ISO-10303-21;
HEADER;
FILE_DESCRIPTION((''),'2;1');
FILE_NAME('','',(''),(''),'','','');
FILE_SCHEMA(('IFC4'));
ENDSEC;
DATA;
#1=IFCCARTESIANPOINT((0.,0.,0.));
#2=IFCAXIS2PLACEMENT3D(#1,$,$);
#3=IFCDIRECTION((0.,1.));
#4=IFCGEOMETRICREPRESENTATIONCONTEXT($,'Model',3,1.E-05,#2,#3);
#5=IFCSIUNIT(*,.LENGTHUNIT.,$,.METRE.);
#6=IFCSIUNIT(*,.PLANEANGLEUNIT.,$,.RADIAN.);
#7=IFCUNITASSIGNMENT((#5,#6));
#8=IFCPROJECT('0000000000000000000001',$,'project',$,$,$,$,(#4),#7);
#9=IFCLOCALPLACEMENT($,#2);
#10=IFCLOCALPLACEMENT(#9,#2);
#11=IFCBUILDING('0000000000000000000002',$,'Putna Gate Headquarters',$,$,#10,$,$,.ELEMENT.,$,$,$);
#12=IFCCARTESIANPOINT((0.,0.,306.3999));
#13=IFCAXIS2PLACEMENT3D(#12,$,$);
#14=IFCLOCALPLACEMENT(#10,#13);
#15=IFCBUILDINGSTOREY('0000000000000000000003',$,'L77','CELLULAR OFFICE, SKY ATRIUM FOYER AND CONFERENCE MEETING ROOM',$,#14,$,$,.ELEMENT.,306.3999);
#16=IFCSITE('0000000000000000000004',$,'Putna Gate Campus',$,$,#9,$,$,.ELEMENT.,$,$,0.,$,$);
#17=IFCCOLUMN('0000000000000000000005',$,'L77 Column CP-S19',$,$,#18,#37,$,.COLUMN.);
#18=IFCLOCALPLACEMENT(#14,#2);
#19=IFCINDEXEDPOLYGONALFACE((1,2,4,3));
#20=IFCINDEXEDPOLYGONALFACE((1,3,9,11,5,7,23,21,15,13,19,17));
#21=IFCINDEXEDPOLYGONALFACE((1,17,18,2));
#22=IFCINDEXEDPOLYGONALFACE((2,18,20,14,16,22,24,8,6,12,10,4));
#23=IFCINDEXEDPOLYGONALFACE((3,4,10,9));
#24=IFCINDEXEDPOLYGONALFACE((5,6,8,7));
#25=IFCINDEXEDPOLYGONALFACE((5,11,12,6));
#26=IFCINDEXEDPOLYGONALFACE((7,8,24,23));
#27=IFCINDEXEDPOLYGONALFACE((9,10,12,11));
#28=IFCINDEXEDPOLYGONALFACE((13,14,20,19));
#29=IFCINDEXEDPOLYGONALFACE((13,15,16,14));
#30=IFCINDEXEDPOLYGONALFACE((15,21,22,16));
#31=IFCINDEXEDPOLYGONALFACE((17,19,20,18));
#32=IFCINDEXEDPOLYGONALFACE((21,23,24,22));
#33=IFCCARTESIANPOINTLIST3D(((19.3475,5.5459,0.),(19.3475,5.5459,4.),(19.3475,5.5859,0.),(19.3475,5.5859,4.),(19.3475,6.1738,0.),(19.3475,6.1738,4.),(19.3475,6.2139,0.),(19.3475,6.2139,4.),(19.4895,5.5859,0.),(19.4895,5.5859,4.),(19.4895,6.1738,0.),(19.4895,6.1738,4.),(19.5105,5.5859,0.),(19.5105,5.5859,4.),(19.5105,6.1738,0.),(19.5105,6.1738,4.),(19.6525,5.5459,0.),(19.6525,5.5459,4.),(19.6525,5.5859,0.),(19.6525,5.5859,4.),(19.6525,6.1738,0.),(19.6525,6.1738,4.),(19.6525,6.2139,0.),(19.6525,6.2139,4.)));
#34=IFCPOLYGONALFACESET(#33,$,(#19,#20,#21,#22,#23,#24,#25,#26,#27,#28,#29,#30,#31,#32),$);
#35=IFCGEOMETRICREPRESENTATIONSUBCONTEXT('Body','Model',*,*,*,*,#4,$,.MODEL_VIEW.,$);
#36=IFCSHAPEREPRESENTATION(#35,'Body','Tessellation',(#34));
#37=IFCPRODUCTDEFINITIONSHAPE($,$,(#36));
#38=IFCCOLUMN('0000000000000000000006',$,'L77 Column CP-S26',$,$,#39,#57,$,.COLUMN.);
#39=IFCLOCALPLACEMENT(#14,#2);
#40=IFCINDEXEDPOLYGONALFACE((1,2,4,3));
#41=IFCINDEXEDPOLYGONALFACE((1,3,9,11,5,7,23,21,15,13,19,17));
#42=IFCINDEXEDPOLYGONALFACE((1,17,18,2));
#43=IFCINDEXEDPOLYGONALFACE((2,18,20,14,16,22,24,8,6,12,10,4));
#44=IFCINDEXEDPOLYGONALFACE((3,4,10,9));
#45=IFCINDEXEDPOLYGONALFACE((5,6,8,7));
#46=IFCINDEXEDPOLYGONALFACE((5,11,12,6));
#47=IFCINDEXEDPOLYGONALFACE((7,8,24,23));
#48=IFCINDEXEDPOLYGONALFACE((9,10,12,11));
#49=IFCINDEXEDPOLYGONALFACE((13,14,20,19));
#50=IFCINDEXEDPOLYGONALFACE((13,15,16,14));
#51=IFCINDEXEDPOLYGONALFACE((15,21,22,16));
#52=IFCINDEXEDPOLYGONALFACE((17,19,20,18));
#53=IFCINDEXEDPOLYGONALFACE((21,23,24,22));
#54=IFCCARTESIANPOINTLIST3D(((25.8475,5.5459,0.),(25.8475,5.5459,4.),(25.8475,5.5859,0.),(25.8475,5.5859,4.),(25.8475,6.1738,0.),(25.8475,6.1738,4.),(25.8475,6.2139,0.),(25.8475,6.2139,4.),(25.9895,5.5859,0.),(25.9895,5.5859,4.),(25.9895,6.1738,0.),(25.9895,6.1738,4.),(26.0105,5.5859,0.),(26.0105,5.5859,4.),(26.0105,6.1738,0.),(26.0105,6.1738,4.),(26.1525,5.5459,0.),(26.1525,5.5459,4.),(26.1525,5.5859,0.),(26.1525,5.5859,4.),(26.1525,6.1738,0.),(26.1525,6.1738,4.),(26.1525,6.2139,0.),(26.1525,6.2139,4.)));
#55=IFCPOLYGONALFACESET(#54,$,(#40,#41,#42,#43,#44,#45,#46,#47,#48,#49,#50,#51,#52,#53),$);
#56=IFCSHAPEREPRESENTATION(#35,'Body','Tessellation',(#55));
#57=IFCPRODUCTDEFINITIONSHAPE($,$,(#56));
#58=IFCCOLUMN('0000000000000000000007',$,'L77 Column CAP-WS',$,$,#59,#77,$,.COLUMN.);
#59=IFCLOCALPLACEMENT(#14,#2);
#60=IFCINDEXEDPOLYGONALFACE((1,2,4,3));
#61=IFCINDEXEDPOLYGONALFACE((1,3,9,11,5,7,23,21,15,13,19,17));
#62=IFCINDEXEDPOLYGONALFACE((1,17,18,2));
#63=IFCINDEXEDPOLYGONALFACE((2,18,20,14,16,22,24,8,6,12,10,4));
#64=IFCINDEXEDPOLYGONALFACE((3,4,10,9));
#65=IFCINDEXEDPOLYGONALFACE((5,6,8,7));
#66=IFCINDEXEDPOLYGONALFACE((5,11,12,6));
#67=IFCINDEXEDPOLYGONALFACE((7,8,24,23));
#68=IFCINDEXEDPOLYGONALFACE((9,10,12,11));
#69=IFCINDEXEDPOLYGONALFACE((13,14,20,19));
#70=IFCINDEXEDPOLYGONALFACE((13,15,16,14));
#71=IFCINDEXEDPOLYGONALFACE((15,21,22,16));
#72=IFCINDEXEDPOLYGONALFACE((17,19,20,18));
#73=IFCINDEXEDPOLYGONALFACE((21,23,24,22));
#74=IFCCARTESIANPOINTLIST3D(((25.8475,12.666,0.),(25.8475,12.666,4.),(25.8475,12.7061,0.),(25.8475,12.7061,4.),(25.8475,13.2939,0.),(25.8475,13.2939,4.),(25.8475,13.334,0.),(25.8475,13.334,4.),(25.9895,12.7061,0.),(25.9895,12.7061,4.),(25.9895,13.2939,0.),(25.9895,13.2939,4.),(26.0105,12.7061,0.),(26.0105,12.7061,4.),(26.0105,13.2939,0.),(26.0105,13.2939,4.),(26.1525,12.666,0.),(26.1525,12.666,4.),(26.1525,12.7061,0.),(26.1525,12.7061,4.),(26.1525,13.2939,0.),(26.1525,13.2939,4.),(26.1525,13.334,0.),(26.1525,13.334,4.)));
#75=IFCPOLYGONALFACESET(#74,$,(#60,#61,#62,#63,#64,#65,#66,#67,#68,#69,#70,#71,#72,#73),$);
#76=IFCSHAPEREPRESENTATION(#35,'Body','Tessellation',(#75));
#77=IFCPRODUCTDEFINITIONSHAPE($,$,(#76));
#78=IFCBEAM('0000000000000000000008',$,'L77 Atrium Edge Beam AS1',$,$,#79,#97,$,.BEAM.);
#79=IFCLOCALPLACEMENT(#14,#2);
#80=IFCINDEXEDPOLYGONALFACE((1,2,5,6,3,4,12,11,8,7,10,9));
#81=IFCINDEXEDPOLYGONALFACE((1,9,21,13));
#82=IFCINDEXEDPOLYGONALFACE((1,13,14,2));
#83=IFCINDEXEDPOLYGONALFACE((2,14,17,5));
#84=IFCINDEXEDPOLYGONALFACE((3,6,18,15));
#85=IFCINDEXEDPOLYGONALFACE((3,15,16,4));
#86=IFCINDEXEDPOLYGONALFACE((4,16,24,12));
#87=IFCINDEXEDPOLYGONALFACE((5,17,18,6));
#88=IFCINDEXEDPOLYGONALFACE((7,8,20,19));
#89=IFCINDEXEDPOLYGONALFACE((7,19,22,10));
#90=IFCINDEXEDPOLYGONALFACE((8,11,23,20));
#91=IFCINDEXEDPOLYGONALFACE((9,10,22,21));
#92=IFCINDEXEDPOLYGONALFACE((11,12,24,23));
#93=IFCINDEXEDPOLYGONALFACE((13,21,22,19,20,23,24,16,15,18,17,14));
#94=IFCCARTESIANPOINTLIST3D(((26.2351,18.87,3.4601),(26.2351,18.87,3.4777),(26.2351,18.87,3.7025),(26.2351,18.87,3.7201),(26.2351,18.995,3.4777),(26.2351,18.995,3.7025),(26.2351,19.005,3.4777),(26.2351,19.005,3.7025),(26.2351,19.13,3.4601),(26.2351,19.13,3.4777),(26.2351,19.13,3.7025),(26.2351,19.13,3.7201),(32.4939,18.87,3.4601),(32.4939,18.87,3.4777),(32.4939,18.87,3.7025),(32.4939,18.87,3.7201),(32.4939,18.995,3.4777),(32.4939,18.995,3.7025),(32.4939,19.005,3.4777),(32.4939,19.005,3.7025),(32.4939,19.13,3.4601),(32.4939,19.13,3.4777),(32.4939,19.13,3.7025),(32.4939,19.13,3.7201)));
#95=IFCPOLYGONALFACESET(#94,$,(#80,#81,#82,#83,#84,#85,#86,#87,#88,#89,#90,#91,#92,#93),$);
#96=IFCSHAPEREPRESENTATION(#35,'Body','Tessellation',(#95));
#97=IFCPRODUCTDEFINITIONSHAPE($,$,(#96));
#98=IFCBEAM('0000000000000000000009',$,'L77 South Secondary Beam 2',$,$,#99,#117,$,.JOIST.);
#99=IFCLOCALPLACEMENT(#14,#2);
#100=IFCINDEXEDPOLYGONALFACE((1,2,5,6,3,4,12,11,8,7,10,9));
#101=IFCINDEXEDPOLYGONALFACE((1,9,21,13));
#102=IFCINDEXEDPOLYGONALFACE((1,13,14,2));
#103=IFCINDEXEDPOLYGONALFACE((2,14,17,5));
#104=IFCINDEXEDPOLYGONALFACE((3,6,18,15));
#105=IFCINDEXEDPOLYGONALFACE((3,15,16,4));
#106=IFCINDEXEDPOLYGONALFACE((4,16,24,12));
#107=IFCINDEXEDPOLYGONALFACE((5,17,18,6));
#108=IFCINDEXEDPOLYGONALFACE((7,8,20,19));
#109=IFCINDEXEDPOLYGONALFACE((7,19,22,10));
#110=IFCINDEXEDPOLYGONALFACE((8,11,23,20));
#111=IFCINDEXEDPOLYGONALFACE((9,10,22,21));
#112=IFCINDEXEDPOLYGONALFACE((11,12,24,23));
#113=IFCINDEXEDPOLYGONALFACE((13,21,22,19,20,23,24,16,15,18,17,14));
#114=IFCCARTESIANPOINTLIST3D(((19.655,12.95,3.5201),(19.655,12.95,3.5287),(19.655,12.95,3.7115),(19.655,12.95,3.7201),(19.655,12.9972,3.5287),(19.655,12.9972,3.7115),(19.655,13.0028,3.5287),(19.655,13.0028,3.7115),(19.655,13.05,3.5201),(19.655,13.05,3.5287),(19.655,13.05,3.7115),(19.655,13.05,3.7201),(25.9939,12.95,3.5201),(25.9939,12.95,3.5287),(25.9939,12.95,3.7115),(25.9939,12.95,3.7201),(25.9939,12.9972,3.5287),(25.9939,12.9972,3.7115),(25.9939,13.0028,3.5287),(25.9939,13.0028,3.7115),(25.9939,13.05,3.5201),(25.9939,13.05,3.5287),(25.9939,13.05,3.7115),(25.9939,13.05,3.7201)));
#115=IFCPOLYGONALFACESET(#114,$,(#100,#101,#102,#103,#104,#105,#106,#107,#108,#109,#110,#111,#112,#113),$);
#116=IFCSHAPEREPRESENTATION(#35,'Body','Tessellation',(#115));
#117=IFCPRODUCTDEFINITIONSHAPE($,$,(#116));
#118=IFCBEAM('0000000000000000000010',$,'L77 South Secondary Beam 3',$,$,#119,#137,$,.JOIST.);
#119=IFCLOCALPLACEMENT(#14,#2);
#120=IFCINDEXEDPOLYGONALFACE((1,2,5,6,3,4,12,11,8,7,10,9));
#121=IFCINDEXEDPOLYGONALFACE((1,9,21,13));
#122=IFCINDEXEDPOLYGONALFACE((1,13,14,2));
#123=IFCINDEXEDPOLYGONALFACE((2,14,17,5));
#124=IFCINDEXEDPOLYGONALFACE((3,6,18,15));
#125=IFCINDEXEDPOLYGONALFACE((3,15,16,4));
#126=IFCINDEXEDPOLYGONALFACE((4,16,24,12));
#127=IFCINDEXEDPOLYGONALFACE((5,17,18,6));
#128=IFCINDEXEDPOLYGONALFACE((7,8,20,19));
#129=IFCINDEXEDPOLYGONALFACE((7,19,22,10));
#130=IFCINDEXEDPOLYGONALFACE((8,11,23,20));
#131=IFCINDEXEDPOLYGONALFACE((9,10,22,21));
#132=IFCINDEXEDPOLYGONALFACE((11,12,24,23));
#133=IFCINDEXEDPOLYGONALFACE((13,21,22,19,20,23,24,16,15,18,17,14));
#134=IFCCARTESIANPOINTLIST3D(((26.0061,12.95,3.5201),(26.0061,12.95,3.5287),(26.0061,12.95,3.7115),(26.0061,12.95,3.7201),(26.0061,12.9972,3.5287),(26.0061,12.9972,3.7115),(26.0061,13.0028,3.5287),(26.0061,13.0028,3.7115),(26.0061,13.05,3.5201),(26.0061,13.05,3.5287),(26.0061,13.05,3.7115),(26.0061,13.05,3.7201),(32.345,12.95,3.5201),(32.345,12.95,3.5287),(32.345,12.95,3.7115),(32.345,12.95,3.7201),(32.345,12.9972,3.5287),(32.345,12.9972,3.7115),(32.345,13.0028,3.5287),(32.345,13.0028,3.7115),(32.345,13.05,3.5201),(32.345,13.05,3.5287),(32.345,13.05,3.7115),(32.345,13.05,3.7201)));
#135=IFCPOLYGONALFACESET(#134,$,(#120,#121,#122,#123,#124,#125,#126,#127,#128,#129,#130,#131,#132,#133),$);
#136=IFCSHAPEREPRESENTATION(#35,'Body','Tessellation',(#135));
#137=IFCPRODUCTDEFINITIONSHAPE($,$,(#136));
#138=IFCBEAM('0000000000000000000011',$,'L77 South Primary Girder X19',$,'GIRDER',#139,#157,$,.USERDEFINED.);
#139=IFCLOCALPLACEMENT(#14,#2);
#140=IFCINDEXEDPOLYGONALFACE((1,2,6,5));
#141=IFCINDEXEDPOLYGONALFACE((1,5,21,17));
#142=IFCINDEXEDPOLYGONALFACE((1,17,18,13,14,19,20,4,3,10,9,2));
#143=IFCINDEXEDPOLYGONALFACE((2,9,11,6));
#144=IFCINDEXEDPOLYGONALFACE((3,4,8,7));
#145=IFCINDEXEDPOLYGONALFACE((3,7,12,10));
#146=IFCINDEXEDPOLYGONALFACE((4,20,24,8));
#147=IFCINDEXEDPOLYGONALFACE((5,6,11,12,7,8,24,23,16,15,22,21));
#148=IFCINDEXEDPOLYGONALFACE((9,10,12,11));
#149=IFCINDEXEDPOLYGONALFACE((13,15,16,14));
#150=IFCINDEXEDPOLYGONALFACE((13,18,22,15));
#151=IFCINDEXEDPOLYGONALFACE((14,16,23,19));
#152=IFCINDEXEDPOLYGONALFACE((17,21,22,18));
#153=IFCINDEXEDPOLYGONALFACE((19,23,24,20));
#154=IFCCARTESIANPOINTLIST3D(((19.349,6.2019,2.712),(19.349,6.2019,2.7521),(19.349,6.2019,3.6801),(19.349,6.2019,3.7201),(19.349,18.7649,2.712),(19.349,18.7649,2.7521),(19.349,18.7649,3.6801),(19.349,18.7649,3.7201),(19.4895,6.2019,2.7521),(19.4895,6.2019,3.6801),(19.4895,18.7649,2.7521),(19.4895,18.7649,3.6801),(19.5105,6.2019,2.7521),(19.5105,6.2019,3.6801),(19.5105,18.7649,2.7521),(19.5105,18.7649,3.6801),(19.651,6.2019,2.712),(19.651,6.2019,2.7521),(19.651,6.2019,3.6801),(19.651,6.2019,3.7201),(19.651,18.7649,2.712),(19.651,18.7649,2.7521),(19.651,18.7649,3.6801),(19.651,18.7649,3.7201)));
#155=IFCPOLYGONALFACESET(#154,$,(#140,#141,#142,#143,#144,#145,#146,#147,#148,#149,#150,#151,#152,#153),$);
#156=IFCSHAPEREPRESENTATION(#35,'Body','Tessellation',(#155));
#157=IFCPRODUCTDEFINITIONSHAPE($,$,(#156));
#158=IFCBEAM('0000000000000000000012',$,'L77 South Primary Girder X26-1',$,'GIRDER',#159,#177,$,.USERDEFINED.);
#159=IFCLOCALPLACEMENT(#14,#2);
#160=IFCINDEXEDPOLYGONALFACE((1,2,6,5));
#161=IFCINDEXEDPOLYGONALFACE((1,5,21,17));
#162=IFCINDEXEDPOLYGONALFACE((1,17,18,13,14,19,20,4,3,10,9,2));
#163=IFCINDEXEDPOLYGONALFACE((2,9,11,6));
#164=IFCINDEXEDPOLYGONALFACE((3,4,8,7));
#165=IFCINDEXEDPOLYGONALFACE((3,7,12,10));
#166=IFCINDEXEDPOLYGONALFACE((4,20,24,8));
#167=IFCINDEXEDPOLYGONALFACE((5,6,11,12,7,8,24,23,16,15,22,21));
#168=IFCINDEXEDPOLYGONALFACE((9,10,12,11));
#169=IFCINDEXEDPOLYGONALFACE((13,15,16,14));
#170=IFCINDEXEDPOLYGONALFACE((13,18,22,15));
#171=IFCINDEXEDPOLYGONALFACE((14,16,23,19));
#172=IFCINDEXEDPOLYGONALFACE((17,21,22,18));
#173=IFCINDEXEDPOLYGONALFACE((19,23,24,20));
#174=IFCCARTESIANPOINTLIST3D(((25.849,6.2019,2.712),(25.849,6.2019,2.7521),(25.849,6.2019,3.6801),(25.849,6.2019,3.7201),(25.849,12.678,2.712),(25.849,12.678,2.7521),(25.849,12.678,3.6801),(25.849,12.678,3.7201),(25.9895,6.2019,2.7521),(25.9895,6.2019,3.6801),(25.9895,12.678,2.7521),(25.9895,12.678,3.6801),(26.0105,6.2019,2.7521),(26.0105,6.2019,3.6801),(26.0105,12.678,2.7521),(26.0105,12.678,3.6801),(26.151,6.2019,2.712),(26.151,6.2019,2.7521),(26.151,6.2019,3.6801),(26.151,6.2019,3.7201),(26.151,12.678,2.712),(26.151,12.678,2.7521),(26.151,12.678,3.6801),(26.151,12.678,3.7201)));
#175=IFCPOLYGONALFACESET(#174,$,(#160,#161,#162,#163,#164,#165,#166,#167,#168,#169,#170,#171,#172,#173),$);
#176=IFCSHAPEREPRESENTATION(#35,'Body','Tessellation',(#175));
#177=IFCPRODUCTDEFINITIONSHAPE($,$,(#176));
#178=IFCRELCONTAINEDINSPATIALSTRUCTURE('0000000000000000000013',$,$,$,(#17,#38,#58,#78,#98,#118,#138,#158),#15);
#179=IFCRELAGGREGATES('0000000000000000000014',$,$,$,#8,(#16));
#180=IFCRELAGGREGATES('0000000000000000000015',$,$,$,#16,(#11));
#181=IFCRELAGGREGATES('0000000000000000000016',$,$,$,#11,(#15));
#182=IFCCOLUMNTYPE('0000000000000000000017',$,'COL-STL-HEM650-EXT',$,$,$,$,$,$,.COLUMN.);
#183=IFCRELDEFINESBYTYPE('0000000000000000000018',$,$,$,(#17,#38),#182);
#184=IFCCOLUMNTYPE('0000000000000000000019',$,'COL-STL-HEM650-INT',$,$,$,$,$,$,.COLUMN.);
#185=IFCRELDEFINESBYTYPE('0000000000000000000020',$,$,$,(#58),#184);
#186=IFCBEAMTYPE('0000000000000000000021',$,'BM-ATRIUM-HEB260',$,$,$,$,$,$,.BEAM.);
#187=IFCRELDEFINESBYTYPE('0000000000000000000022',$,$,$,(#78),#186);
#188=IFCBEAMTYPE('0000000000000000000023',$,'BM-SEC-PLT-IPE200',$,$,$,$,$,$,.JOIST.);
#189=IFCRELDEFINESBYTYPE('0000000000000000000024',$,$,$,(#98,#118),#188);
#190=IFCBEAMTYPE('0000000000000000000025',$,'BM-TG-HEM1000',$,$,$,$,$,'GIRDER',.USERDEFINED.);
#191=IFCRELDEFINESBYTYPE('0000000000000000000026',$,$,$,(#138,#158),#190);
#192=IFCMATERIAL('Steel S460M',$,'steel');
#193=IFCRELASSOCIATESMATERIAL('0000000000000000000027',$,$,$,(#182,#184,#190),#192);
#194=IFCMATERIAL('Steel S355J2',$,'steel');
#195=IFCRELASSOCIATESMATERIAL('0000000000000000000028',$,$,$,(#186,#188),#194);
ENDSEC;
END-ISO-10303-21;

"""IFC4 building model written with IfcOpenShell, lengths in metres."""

from ifc_helpers import new_model, si_unit, direction, frame, origin, origin_2d, place, context, subcontext, project, spatial, i_section, extrude, material, material_profile, profile_set, type_object, element, save


model = new_model("IFC4")

# Units and contexts
model_context = context("Model", 3, precision=1e-05, world=origin(), true_north=direction((0.0, 1.0)))
body_context = subcontext(model_context, "Body", "Model", "MODEL_VIEW")
ifc_project = project(units=[si_unit("LENGTHUNIT", "METRE"), si_unit("PLANEANGLEUNIT", "RADIAN")], contexts=[model_context])

# Site, building, storey
site_placement = place(None, origin())
site = spatial("IfcSite", under=ifc_project, at=site_placement, Name="Putna Gate Campus", CompositionType="ELEMENT", RefElevation=0.0)
building_placement = place(site_placement, origin())
building = spatial("IfcBuilding", under=site, at=building_placement, Name="Putna Gate Headquarters", CompositionType="ELEMENT")
storey_placement = place(building_placement, frame((0.0, 0.0, 306.3999)))
storey = spatial("IfcBuildingStorey", under=building, at=storey_placement, Name="L77", Description="CELLULAR OFFICE, SKY ATRIUM FOYER AND CONFERENCE MEETING ROOM", CompositionType="ELEMENT", Elevation=306.3999)

# Columns
ifc_material_1 = material(Name="Steel S460M", Category="steel")
ifc_material_profile_1 = material_profile(ifc_material_1, i_section(OverallWidth=0.3049, OverallDepth=0.668, WebThickness=0.021, FlangeThickness=0.04, at=origin_2d()), Name="Steel S460M")
ifc_profile_set_1 = profile_set([ifc_material_profile_1], Name="Steel S460M")
column_type_1 = type_object("IfcColumnType", Name="COL-STL-HEM650-EXT", PredefinedType="COLUMN", material=ifc_profile_set_1)
for number, where, z_axis, x_axis, name in (
    (1, (19.5, 5.8799, 0.0), (0.0, 0.0, 1.0), (1.0, 0.0, 0.0), "L77 Column CP-S19"),
    (2, (26.0, 5.8799, 0.0), (0.0, 0.0, 1.0), (1.0, 0.0, 0.0), "L77 Column CP-S26"),
):
    element("IfcColumn", number, at=place(storey_placement, frame(where, z_axis=z_axis, x_axis=x_axis)), inside=storey, type_object=column_type_1, Name=name, PredefinedType="COLUMN", context=body_context, shape_type="SweptSolid", body=[
        extrude(i_section(OverallWidth=0.3049, OverallDepth=0.668, WebThickness=0.021, FlangeThickness=0.04, at=origin_2d()), origin(), (0.0, 0.0, 1.0), 4.0),
    ])
ifc_material_profile_2 = material_profile(ifc_material_1, i_section(OverallWidth=0.3049, OverallDepth=0.668, WebThickness=0.021, FlangeThickness=0.04, at=origin_2d()), Name="Steel S460M")
ifc_profile_set_2 = profile_set([ifc_material_profile_2], Name="Steel S460M")
column_type_2 = type_object("IfcColumnType", Name="COL-STL-HEM650-INT", PredefinedType="COLUMN", material=ifc_profile_set_2)
column_placement = place(storey_placement, frame((26.0, 13.0, 0.0), z_axis=(0.0, 0.0, 1.0), x_axis=(1.0, 0.0, 0.0)))
element("IfcColumn", 3, at=column_placement, inside=storey, type_object=column_type_2, Name="L77 Column CAP-WS", PredefinedType="COLUMN", context=body_context, shape_type="SweptSolid", body=[
    extrude(i_section(OverallWidth=0.3049, OverallDepth=0.668, WebThickness=0.021, FlangeThickness=0.04, at=origin_2d()), origin(), (0.0, 0.0, 1.0), 4.0),
])

# Beams
ifc_material_2 = material(Name="Steel S355J2", Category="steel")
ifc_material_profile_3 = material_profile(ifc_material_2, i_section(OverallWidth=0.26, OverallDepth=0.26, WebThickness=0.01, FlangeThickness=0.0176, at=origin_2d()), Name="Steel S355J2")
ifc_profile_set_3 = profile_set([ifc_material_profile_3], Name="Steel S355J2")
beam_type_1 = type_object("IfcBeamType", Name="BM-ATRIUM-HEB260", PredefinedType="BEAM", material=ifc_profile_set_3)
beam_1_placement = place(storey_placement, frame((26.2351, 19.0, 3.5901), z_axis=(1.0, 0.0, 0.0), x_axis=(0.0, 1.0, 0.0)))
element("IfcBeam", 4, at=beam_1_placement, inside=storey, type_object=beam_type_1, Name="L77 Atrium Edge Beam AS1", PredefinedType="BEAM", context=body_context, shape_type="SweptSolid", body=[
    extrude(i_section(OverallWidth=0.26, OverallDepth=0.26, WebThickness=0.01, FlangeThickness=0.0176, at=origin_2d()), origin(), (0.0, 0.0, 1.0), 6.2588),
])
ifc_material_profile_4 = material_profile(ifc_material_2, i_section(OverallWidth=0.1001, OverallDepth=0.2, WebThickness=0.0056, FlangeThickness=0.0085, at=origin_2d()), Name="Steel S355J2")
ifc_profile_set_4 = profile_set([ifc_material_profile_4], Name="Steel S355J2")
beam_type_2 = type_object("IfcBeamType", Name="BM-SEC-PLT-IPE200", PredefinedType="JOIST", material=ifc_profile_set_4)
for number, where, z_axis, x_axis, name in (
    (5, (19.655, 13.0, 3.6201), (1.0, 0.0, 0.0), (0.0, 1.0, 0.0), "L77 South Secondary Beam 2"),
    (6, (26.0061, 13.0, 3.6201), (1.0, 0.0, 0.0), (0.0, 1.0, 0.0), "L77 South Secondary Beam 3"),
):
    element("IfcBeam", number, at=place(storey_placement, frame(where, z_axis=z_axis, x_axis=x_axis)), inside=storey, type_object=beam_type_2, Name=name, PredefinedType="JOIST", context=body_context, shape_type="SweptSolid", body=[
        extrude(i_section(OverallWidth=0.1001, OverallDepth=0.2, WebThickness=0.0056, FlangeThickness=0.0085, at=origin_2d()), origin(), (0.0, 0.0, 1.0), 6.3389),
    ])
ifc_material_profile_5 = material_profile(ifc_material_1, i_section(OverallWidth=0.302, OverallDepth=1.0081, WebThickness=0.021, FlangeThickness=0.04, at=origin_2d()), Name="Steel S460M")
ifc_profile_set_5 = profile_set([ifc_material_profile_5], Name="Steel S460M")
beam_type_3 = type_object("IfcBeamType", Name="BM-TG-HEM1000", ElementType="GIRDER", PredefinedType="USERDEFINED", material=ifc_profile_set_5)
beam_2_placement = place(storey_placement, frame((19.5, 6.2019, 3.2161), z_axis=(0.0, 1.0, 0.0), x_axis=(-1.0, 0.0, 0.0)))
element("IfcBeam", 7, at=beam_2_placement, inside=storey, type_object=beam_type_3, Name="L77 South Primary Girder X19", ObjectType="GIRDER", PredefinedType="USERDEFINED", context=body_context, shape_type="SweptSolid", body=[
    extrude(i_section(OverallWidth=0.302, OverallDepth=1.0081, WebThickness=0.021, FlangeThickness=0.04, at=origin_2d()), origin(), (0.0, 0.0, 1.0), 12.563),
])
beam_3_placement = place(storey_placement, frame((26.0, 6.2019, 3.2161), z_axis=(0.0, 1.0, 0.0), x_axis=(-1.0, 0.0, 0.0)))
element("IfcBeam", 8, at=beam_3_placement, inside=storey, type_object=beam_type_3, Name="L77 South Primary Girder X26-1", ObjectType="GIRDER", PredefinedType="USERDEFINED", context=body_context, shape_type="SweptSolid", body=[
    extrude(i_section(OverallWidth=0.302, OverallDepth=1.0081, WebThickness=0.021, FlangeThickness=0.04, at=origin_2d()), origin(), (0.0, 0.0, 1.0), 6.4761),
])

save(model, "model.ifc")
